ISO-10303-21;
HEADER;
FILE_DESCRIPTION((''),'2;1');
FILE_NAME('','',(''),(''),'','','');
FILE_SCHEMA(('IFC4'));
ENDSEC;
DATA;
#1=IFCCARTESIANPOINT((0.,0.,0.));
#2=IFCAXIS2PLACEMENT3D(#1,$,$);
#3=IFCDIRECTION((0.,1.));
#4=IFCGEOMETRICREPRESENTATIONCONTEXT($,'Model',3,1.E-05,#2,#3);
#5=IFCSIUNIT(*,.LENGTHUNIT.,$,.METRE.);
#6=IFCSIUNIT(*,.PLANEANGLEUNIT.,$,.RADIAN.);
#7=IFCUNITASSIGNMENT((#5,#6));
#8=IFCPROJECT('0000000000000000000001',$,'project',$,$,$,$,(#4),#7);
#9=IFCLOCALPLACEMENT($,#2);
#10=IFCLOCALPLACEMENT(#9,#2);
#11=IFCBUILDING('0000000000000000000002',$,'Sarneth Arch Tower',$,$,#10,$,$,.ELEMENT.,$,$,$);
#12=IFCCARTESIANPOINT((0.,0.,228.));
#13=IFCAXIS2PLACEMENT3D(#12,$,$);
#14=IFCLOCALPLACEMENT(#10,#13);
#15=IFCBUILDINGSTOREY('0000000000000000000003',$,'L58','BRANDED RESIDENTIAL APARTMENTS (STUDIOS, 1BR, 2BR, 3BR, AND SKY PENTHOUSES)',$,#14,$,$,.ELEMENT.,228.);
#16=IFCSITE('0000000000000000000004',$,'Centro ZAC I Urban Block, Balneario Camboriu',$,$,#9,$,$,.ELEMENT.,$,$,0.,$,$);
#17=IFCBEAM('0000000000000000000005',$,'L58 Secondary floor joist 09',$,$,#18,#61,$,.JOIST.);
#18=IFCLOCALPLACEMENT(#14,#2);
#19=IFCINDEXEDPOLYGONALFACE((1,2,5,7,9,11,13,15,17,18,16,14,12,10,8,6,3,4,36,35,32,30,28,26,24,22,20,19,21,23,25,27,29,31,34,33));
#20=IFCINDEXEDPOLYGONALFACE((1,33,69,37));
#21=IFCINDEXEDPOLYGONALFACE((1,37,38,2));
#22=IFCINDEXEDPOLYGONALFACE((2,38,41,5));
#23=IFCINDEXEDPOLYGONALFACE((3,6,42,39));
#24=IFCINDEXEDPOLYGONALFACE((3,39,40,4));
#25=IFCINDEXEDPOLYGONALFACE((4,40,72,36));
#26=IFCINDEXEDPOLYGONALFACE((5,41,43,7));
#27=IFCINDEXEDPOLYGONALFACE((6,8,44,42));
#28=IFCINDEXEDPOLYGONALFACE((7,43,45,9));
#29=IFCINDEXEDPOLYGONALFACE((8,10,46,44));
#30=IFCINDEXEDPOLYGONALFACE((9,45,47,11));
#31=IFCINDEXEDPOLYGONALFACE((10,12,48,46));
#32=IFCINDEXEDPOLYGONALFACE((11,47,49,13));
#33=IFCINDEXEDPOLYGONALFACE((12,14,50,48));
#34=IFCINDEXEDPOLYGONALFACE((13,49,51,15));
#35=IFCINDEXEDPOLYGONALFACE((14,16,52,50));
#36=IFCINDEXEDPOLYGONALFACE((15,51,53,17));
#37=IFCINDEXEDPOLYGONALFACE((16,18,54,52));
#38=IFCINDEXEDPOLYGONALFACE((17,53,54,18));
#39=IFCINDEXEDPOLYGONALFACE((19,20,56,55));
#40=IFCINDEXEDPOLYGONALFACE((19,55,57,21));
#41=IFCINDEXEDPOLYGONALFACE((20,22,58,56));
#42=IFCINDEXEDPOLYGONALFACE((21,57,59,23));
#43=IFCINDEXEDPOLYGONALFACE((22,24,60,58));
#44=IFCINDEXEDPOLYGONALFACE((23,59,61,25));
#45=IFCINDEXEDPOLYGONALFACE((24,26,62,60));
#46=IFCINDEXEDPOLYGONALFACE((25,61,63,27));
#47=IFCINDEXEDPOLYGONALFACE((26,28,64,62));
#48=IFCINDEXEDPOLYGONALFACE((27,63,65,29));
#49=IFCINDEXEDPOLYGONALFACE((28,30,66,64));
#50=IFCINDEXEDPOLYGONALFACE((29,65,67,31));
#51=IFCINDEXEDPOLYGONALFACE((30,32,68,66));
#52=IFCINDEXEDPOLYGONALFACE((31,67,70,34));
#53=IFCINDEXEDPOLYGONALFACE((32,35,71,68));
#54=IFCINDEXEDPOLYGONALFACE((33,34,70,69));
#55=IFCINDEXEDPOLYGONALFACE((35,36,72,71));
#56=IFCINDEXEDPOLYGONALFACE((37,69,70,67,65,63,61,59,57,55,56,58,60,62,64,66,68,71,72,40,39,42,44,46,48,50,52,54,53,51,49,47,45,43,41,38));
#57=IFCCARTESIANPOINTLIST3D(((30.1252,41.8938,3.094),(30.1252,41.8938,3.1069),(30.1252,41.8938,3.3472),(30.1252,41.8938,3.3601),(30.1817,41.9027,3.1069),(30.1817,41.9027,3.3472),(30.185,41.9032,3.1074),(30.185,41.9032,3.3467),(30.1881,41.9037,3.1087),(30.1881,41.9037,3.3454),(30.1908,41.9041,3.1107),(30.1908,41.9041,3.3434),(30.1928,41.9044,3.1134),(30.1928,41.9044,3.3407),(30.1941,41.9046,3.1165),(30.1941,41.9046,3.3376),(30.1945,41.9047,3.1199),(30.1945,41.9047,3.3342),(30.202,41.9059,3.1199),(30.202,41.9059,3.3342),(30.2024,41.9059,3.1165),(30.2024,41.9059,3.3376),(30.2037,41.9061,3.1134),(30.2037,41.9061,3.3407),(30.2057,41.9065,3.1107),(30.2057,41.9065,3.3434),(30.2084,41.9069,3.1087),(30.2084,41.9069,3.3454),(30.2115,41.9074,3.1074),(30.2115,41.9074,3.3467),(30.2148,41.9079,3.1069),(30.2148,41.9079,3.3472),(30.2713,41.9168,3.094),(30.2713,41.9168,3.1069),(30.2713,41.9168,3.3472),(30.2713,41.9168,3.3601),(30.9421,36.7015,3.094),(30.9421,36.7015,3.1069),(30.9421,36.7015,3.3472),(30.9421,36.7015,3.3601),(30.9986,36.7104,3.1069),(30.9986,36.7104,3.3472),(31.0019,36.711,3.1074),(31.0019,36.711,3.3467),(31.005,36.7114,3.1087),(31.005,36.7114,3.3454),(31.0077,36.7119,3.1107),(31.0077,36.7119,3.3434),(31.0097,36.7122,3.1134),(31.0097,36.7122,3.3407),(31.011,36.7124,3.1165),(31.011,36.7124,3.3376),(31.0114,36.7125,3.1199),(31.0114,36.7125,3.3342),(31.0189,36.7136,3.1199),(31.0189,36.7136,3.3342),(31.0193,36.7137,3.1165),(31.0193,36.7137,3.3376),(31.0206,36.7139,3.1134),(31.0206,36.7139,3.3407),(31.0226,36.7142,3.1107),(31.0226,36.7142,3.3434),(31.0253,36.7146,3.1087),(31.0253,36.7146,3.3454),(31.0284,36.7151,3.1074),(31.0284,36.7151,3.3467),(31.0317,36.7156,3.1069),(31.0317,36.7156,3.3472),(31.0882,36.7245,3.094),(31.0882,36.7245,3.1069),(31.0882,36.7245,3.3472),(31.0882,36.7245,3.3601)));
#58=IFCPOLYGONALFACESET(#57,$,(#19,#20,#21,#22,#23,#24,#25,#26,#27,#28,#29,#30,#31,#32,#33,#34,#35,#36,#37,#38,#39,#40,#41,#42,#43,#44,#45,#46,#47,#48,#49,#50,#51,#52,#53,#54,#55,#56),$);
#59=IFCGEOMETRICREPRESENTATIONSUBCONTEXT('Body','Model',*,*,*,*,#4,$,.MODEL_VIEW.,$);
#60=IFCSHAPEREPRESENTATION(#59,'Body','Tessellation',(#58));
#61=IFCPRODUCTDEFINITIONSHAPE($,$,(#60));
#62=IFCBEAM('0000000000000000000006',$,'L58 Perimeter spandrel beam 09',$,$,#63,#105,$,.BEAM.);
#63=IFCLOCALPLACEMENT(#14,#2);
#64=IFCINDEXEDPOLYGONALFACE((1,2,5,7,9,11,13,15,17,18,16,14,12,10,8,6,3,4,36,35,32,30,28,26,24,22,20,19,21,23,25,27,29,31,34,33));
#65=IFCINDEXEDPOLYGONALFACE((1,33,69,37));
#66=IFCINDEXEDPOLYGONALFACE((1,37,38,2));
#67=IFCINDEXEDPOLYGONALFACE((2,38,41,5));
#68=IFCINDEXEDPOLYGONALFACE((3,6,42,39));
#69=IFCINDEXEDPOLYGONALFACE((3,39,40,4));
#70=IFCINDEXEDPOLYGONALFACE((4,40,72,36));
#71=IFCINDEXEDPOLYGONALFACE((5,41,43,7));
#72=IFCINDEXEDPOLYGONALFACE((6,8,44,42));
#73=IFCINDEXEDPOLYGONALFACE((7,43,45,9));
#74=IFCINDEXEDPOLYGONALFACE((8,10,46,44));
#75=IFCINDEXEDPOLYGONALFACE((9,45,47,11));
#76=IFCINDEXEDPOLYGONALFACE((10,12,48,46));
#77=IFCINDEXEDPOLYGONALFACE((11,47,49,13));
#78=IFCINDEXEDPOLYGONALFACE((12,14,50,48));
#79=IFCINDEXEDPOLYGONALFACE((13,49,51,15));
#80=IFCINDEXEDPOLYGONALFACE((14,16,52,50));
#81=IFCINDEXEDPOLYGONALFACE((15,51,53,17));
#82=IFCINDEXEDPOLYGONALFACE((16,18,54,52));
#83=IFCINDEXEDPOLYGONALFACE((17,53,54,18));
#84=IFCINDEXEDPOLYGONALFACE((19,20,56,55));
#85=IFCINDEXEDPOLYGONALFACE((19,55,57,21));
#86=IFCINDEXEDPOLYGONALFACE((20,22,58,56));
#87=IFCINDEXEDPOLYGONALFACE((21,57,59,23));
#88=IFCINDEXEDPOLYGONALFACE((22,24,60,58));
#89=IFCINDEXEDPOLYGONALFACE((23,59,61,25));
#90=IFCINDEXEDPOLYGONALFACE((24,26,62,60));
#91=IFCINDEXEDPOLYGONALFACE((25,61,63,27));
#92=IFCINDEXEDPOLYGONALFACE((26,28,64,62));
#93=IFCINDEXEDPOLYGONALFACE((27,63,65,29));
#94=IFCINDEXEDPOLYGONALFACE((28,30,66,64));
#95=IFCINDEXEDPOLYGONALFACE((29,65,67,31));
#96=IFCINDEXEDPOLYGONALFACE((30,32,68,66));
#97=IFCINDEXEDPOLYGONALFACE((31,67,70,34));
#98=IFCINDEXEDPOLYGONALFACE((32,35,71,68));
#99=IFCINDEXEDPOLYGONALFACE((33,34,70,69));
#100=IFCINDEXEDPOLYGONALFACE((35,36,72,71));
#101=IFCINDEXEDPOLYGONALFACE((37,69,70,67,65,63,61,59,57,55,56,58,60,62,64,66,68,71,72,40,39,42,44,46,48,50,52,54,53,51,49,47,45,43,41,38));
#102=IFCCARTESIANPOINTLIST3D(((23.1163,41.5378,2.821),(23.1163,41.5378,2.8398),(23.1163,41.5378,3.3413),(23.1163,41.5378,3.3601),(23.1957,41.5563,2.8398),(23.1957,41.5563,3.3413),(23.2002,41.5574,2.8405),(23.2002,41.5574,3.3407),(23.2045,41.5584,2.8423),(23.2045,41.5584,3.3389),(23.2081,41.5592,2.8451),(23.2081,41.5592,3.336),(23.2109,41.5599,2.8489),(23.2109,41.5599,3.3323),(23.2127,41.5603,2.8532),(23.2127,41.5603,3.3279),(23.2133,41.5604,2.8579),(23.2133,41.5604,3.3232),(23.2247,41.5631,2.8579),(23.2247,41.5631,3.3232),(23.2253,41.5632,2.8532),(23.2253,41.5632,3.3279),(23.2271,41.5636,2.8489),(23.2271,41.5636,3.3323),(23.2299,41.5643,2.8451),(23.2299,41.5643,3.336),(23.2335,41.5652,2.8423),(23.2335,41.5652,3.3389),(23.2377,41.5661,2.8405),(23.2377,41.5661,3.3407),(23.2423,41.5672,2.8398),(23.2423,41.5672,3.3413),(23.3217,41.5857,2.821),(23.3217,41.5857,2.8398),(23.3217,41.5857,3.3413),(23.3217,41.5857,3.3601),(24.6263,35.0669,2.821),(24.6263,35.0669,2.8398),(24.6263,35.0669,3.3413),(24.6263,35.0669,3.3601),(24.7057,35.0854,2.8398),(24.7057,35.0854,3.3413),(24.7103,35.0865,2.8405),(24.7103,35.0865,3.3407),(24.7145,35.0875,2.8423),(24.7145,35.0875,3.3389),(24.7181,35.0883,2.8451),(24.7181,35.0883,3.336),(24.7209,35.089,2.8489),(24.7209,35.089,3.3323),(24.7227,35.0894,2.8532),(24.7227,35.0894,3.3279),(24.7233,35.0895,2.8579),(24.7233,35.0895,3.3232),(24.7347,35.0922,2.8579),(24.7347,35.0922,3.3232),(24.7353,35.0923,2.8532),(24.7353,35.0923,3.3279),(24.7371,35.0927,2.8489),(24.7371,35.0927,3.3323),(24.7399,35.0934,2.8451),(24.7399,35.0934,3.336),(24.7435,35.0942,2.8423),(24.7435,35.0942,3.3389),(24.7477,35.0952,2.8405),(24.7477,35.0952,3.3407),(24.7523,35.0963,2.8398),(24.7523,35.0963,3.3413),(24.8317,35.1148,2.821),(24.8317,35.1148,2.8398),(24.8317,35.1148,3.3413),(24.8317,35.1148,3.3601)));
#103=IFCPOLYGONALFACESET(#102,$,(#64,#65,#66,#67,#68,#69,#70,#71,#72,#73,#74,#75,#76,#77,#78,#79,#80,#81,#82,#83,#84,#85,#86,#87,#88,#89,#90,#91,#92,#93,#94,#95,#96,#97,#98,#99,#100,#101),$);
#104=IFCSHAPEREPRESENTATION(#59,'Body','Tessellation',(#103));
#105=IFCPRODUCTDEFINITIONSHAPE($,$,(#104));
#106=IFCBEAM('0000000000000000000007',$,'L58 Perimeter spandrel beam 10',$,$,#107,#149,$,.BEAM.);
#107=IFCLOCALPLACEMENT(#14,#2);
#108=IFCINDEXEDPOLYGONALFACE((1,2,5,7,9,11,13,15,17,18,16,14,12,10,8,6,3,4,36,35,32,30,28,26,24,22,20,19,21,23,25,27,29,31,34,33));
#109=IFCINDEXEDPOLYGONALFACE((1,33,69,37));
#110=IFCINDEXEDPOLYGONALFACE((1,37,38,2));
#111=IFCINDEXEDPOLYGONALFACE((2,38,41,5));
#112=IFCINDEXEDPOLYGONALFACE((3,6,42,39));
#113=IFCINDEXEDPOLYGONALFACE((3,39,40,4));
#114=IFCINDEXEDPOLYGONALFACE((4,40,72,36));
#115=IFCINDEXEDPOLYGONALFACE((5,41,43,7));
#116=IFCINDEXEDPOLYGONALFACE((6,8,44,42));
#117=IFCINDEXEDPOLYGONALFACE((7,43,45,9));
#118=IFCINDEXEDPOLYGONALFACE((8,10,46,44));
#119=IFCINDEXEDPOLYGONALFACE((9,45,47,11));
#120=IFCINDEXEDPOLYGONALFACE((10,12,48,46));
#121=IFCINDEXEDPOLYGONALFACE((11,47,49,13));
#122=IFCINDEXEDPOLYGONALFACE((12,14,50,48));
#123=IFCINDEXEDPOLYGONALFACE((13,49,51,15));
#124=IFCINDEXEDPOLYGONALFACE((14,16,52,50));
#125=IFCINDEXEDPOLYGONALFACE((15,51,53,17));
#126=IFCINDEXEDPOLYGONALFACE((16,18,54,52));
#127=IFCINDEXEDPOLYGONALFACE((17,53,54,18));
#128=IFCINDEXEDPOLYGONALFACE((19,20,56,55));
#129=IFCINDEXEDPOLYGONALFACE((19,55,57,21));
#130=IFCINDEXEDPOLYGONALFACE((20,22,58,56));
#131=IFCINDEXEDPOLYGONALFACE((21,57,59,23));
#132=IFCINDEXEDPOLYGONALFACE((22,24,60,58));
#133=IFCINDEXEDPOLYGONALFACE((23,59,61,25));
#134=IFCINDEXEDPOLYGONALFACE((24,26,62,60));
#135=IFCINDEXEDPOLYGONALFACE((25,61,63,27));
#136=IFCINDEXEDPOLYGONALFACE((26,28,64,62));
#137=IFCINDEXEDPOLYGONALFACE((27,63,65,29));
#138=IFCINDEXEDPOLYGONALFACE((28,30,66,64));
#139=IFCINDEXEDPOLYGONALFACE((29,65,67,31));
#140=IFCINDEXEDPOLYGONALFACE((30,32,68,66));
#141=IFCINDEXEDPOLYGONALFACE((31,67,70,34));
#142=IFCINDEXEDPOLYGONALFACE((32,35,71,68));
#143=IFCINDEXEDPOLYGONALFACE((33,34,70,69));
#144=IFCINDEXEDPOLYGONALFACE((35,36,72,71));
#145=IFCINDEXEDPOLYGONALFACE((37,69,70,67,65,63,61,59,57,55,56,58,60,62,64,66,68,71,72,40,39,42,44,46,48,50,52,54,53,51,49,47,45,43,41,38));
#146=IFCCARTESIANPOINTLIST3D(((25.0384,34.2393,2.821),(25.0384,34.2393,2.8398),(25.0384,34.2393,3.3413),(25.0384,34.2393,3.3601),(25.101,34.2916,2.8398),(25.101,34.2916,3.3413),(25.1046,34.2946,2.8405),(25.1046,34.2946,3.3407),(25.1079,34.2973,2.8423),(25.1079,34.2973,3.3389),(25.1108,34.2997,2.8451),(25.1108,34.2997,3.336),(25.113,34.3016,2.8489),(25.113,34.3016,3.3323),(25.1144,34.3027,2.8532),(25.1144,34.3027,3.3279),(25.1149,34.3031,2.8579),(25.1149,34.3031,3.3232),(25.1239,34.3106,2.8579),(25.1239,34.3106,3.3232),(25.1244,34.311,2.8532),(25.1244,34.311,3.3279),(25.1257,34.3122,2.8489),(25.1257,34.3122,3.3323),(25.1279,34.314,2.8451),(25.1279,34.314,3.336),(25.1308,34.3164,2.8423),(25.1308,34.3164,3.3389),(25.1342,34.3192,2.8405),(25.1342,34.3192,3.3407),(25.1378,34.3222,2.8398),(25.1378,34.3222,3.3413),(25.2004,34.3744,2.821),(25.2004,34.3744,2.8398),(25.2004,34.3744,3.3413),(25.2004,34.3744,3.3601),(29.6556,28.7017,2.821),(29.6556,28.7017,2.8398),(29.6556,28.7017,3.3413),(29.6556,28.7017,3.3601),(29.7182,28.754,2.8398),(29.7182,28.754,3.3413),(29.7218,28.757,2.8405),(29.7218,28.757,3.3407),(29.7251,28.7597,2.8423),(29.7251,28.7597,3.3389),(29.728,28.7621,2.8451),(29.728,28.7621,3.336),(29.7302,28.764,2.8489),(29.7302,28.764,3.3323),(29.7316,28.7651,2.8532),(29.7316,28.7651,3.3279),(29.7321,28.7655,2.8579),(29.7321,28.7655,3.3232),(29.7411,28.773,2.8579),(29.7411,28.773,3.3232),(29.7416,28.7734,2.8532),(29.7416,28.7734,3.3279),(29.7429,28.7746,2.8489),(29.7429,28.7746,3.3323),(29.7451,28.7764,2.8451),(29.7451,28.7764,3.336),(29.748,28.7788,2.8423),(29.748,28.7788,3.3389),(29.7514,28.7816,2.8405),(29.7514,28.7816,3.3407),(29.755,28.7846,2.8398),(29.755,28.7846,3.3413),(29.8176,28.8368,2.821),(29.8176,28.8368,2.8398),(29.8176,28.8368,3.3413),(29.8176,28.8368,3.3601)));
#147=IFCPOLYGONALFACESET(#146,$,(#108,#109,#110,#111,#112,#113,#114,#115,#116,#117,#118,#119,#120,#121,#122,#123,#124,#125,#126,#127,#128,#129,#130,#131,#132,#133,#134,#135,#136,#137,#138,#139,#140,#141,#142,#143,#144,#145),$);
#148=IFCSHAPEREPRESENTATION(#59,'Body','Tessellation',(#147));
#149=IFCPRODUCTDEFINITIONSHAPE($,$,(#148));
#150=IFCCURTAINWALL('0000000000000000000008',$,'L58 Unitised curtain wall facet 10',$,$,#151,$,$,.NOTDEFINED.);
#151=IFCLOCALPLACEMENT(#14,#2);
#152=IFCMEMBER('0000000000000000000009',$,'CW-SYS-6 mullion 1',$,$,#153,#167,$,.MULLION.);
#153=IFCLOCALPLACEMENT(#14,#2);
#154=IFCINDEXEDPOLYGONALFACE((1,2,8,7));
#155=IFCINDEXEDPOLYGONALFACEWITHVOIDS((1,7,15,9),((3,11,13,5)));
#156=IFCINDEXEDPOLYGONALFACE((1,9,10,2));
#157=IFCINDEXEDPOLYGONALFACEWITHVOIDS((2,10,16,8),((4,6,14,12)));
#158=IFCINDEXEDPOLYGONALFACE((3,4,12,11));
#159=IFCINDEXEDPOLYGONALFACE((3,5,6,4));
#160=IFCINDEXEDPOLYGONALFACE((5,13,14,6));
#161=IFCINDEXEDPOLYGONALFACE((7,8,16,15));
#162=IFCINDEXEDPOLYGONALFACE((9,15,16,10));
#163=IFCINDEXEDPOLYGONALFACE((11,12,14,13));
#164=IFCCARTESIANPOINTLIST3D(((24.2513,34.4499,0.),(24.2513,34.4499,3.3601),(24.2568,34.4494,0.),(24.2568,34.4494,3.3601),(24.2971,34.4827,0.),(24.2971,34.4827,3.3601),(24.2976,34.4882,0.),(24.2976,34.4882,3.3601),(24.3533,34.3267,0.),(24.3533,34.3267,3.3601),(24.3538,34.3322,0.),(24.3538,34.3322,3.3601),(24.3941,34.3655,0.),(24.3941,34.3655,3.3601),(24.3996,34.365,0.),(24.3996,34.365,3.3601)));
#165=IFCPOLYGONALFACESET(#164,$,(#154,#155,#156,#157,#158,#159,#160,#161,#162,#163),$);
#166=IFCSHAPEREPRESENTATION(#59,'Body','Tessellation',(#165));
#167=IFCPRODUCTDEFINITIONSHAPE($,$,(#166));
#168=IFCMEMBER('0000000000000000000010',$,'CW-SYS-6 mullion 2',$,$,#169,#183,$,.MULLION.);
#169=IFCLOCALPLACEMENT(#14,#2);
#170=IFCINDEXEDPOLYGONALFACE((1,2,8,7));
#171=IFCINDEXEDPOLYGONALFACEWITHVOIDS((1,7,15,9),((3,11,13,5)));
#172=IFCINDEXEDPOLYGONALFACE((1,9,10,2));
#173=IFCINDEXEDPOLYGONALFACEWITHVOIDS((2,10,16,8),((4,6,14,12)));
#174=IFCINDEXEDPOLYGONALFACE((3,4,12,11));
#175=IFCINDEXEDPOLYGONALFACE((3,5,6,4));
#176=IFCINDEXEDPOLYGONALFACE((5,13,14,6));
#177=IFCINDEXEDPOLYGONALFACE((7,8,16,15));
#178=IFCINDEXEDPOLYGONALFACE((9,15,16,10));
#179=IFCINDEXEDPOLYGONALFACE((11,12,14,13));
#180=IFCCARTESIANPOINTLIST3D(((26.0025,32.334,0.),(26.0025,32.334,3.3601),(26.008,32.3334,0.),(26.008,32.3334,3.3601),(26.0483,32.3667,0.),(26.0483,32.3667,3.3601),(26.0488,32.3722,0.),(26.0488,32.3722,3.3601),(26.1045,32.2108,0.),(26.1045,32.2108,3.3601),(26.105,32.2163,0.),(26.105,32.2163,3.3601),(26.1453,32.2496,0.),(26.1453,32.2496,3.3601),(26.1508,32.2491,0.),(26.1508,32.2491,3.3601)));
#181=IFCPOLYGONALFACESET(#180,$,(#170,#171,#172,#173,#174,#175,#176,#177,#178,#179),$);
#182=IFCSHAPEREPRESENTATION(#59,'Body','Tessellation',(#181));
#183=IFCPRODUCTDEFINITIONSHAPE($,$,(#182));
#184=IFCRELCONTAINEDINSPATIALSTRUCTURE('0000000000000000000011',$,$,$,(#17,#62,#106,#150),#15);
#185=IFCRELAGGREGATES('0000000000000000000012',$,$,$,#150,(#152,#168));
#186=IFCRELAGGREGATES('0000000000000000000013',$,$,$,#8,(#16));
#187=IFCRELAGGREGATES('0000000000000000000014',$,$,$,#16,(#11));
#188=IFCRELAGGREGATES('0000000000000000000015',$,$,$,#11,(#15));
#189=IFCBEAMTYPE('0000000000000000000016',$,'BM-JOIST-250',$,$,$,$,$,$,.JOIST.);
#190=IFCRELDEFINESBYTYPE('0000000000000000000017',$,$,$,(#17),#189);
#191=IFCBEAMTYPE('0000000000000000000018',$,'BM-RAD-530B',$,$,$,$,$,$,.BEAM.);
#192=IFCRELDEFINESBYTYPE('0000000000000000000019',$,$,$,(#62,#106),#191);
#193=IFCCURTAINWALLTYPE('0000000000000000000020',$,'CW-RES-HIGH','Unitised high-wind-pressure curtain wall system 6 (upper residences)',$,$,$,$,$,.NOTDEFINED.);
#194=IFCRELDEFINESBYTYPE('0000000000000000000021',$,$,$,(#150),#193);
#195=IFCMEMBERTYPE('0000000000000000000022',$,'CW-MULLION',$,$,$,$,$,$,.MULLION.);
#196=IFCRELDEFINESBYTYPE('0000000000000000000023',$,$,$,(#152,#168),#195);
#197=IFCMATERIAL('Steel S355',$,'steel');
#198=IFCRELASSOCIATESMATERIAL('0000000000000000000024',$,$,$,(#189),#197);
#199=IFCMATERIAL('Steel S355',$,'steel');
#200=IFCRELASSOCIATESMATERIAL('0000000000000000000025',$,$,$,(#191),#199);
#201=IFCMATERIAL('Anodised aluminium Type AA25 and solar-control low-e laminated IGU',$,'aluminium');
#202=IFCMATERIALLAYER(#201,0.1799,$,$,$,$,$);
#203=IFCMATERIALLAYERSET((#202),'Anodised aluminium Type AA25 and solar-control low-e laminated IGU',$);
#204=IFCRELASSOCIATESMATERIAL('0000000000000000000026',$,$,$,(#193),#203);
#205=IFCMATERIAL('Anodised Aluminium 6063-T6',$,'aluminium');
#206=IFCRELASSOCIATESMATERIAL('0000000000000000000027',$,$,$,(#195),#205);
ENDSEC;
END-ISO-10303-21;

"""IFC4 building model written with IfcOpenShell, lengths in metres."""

from ifc_helpers import new_model, si_unit, direction, frame, origin, origin_2d, place, context, subcontext, project, spatial, hollow_rectangle, i_section, extrude, material, layer, layer_set, material_profile, profile_set, type_object, element, aggregate, save


model = new_model("IFC4")

# Units and contexts
model_context = context("Model", 3, precision=1e-05, world=origin(), true_north=direction((0.0, 1.0)))
body_context = subcontext(model_context, "Body", "Model", "MODEL_VIEW")
ifc_project = project(units=[si_unit("LENGTHUNIT", "METRE"), si_unit("PLANEANGLEUNIT", "RADIAN")], contexts=[model_context])

# Site, building, storey
site_placement = place(None, origin())
site = spatial("IfcSite", under=ifc_project, at=site_placement, Name="Centro ZAC I Urban Block, Balneario Camboriu", CompositionType="ELEMENT", RefElevation=0.0)
building_placement = place(site_placement, origin())
building = spatial("IfcBuilding", under=site, at=building_placement, Name="Sarneth Arch Tower", CompositionType="ELEMENT")
storey_placement = place(building_placement, frame((0.0, 0.0, 228.0)))
storey = spatial("IfcBuildingStorey", under=building, at=storey_placement, Name="L58", Description="BRANDED RESIDENTIAL APARTMENTS (STUDIOS, 1BR, 2BR, 3BR, AND SKY PENTHOUSES)", CompositionType="ELEMENT", Elevation=228.0)

# Beams
ifc_material_1 = material(Name="Steel S355", Category="steel")
ifc_material_profile_1 = material_profile(ifc_material_1, i_section(OverallWidth=0.1479, OverallDepth=0.2661, WebThickness=0.0076, FlangeThickness=0.0129, FilletRadius=0.0129, at=origin_2d()), Name="W250x44.8")
ifc_profile_set_1 = profile_set([ifc_material_profile_1], Name="Steel S355")
beam_type_1 = type_object("IfcBeamType", Name="BM-JOIST-250", PredefinedType="JOIST", material=ifc_profile_set_1)
beam_1_placement = place(storey_placement, frame((30.1982, 41.9053, 3.2271), z_axis=(0.155421, -0.987848, 0.0), x_axis=(0.987848, 0.155421, 0.0)))
element("IfcBeam", 1, at=beam_1_placement, inside=storey, type_object=beam_type_1, Name="L58 Secondary floor joist 09", PredefinedType="JOIST", context=body_context, shape_type="SweptSolid", body=[
    extrude(i_section(OverallWidth=0.1479, OverallDepth=0.2661, WebThickness=0.0076, FlangeThickness=0.0129, FilletRadius=0.0129, at=origin_2d()), origin(), (0.0, 0.0, 1.0), 5.2561),
])
ifc_material_2 = material(Name="Steel S355", Category="steel")
ifc_material_profile_2 = material_profile(ifc_material_2, i_section(OverallWidth=0.2109, OverallDepth=0.5391, WebThickness=0.0117, FlangeThickness=0.0188, FilletRadius=0.0181, at=origin_2d()), Name="W530x109")
ifc_profile_set_2 = profile_set([ifc_material_profile_2], Name="Steel S355")
beam_type_2 = type_object("IfcBeamType", Name="BM-RAD-530B", PredefinedType="BEAM", material=ifc_profile_set_2)
beam_2_placement = place(storey_placement, frame((23.219, 41.5618, 3.0906), z_axis=(0.227247, -0.973837, 0.0), x_axis=(0.973837, 0.227247, 0.0)))
element("IfcBeam", 2, at=beam_2_placement, inside=storey, type_object=beam_type_2, Name="L58 Perimeter spandrel beam 09", PredefinedType="BEAM", context=body_context, shape_type="SweptSolid", body=[
    extrude(i_section(OverallWidth=0.2109, OverallDepth=0.5391, WebThickness=0.0117, FlangeThickness=0.0188, FilletRadius=0.0181, at=origin_2d()), origin(), (0.0, 0.0, 1.0), 6.6448),
])
beam_3_placement = place(storey_placement, frame((25.1194, 34.3069, 3.0906), z_axis=(0.640391, -0.768049, 0.0), x_axis=(0.768049, 0.640391, 0.0)))
element("IfcBeam", 3, at=beam_3_placement, inside=storey, type_object=beam_type_2, Name="L58 Perimeter spandrel beam 10", PredefinedType="BEAM", context=body_context, shape_type="SweptSolid", body=[
    extrude(i_section(OverallWidth=0.2109, OverallDepth=0.5391, WebThickness=0.0117, FlangeThickness=0.0188, FilletRadius=0.0181, at=origin_2d()), origin(), (0.0, 0.0, 1.0), 7.21),
])

# Curtain wall, members
ifc_material_3 = material(Name="Anodised aluminium Type AA25 and solar-control low-e laminated IGU", Category="aluminium")
ifc_layer_1 = layer(ifc_material_3, 0.1799)
ifc_layer_set_1 = layer_set([ifc_layer_1], Name="Anodised aluminium Type AA25 and solar-control low-e laminated IGU")
curtain_wall_type = type_object("IfcCurtainWallType", Name="CW-RES-HIGH", Description="Unitised high-wind-pressure curtain wall system 6 (upper residences)", PredefinedType="NOTDEFINED", material=ifc_layer_set_1)
curtain_wall_placement = place(storey_placement, origin())
curtain_wall = element("IfcCurtainWall", 4, at=curtain_wall_placement, inside=storey, type_object=curtain_wall_type, Name="L58 Unitised curtain wall facet 10", PredefinedType="NOTDEFINED")
ifc_material_4 = material(Name="Anodised Aluminium 6063-T6", Category="aluminium")
ifc_material_profile_3 = material_profile(ifc_material_4, hollow_rectangle(XDim=0.0601, YDim=0.1599, WallThickness=0.0039, at=origin_2d()), Name="AL-MULL-160x60x4")
ifc_profile_set_3 = profile_set([ifc_material_profile_3], Name="Anodised Aluminium 6063-T6")
member_type_1 = type_object("IfcMemberType", Name="CW-MULLION", PredefinedType="MULLION", material=ifc_profile_set_3)
member_1_placement = place(storey_placement, frame((24.3254, 34.4075, 0.0), z_axis=(0.0, 0.0, 1.0), x_axis=(0.770359, 0.63761, 0.0)))
member_1 = element("IfcMember", 5, at=member_1_placement, type_object=member_type_1, Name="CW-SYS-6 mullion 1", PredefinedType="MULLION", context=body_context, shape_type="SweptSolid", body=[
    extrude(hollow_rectangle(XDim=0.0601, YDim=0.1599, WallThickness=0.0039, at=origin_2d()), origin(), (0.0, 0.0, 1.0), 3.3601),
])
member_2_placement = place(storey_placement, frame((26.0767, 32.2915, 0.0), z_axis=(0.0, 0.0, 1.0), x_axis=(0.770359, 0.63761, 0.0)))
member_2 = element("IfcMember", 6, at=member_2_placement, type_object=member_type_1, Name="CW-SYS-6 mullion 2", PredefinedType="MULLION", context=body_context, shape_type="SweptSolid", body=[
    extrude(hollow_rectangle(XDim=0.0601, YDim=0.1599, WallThickness=0.0039, at=origin_2d()), origin(), (0.0, 0.0, 1.0), 3.3601),
])

aggregate(curtain_wall, [member_1, member_2])

save(model, "model.ifc")
